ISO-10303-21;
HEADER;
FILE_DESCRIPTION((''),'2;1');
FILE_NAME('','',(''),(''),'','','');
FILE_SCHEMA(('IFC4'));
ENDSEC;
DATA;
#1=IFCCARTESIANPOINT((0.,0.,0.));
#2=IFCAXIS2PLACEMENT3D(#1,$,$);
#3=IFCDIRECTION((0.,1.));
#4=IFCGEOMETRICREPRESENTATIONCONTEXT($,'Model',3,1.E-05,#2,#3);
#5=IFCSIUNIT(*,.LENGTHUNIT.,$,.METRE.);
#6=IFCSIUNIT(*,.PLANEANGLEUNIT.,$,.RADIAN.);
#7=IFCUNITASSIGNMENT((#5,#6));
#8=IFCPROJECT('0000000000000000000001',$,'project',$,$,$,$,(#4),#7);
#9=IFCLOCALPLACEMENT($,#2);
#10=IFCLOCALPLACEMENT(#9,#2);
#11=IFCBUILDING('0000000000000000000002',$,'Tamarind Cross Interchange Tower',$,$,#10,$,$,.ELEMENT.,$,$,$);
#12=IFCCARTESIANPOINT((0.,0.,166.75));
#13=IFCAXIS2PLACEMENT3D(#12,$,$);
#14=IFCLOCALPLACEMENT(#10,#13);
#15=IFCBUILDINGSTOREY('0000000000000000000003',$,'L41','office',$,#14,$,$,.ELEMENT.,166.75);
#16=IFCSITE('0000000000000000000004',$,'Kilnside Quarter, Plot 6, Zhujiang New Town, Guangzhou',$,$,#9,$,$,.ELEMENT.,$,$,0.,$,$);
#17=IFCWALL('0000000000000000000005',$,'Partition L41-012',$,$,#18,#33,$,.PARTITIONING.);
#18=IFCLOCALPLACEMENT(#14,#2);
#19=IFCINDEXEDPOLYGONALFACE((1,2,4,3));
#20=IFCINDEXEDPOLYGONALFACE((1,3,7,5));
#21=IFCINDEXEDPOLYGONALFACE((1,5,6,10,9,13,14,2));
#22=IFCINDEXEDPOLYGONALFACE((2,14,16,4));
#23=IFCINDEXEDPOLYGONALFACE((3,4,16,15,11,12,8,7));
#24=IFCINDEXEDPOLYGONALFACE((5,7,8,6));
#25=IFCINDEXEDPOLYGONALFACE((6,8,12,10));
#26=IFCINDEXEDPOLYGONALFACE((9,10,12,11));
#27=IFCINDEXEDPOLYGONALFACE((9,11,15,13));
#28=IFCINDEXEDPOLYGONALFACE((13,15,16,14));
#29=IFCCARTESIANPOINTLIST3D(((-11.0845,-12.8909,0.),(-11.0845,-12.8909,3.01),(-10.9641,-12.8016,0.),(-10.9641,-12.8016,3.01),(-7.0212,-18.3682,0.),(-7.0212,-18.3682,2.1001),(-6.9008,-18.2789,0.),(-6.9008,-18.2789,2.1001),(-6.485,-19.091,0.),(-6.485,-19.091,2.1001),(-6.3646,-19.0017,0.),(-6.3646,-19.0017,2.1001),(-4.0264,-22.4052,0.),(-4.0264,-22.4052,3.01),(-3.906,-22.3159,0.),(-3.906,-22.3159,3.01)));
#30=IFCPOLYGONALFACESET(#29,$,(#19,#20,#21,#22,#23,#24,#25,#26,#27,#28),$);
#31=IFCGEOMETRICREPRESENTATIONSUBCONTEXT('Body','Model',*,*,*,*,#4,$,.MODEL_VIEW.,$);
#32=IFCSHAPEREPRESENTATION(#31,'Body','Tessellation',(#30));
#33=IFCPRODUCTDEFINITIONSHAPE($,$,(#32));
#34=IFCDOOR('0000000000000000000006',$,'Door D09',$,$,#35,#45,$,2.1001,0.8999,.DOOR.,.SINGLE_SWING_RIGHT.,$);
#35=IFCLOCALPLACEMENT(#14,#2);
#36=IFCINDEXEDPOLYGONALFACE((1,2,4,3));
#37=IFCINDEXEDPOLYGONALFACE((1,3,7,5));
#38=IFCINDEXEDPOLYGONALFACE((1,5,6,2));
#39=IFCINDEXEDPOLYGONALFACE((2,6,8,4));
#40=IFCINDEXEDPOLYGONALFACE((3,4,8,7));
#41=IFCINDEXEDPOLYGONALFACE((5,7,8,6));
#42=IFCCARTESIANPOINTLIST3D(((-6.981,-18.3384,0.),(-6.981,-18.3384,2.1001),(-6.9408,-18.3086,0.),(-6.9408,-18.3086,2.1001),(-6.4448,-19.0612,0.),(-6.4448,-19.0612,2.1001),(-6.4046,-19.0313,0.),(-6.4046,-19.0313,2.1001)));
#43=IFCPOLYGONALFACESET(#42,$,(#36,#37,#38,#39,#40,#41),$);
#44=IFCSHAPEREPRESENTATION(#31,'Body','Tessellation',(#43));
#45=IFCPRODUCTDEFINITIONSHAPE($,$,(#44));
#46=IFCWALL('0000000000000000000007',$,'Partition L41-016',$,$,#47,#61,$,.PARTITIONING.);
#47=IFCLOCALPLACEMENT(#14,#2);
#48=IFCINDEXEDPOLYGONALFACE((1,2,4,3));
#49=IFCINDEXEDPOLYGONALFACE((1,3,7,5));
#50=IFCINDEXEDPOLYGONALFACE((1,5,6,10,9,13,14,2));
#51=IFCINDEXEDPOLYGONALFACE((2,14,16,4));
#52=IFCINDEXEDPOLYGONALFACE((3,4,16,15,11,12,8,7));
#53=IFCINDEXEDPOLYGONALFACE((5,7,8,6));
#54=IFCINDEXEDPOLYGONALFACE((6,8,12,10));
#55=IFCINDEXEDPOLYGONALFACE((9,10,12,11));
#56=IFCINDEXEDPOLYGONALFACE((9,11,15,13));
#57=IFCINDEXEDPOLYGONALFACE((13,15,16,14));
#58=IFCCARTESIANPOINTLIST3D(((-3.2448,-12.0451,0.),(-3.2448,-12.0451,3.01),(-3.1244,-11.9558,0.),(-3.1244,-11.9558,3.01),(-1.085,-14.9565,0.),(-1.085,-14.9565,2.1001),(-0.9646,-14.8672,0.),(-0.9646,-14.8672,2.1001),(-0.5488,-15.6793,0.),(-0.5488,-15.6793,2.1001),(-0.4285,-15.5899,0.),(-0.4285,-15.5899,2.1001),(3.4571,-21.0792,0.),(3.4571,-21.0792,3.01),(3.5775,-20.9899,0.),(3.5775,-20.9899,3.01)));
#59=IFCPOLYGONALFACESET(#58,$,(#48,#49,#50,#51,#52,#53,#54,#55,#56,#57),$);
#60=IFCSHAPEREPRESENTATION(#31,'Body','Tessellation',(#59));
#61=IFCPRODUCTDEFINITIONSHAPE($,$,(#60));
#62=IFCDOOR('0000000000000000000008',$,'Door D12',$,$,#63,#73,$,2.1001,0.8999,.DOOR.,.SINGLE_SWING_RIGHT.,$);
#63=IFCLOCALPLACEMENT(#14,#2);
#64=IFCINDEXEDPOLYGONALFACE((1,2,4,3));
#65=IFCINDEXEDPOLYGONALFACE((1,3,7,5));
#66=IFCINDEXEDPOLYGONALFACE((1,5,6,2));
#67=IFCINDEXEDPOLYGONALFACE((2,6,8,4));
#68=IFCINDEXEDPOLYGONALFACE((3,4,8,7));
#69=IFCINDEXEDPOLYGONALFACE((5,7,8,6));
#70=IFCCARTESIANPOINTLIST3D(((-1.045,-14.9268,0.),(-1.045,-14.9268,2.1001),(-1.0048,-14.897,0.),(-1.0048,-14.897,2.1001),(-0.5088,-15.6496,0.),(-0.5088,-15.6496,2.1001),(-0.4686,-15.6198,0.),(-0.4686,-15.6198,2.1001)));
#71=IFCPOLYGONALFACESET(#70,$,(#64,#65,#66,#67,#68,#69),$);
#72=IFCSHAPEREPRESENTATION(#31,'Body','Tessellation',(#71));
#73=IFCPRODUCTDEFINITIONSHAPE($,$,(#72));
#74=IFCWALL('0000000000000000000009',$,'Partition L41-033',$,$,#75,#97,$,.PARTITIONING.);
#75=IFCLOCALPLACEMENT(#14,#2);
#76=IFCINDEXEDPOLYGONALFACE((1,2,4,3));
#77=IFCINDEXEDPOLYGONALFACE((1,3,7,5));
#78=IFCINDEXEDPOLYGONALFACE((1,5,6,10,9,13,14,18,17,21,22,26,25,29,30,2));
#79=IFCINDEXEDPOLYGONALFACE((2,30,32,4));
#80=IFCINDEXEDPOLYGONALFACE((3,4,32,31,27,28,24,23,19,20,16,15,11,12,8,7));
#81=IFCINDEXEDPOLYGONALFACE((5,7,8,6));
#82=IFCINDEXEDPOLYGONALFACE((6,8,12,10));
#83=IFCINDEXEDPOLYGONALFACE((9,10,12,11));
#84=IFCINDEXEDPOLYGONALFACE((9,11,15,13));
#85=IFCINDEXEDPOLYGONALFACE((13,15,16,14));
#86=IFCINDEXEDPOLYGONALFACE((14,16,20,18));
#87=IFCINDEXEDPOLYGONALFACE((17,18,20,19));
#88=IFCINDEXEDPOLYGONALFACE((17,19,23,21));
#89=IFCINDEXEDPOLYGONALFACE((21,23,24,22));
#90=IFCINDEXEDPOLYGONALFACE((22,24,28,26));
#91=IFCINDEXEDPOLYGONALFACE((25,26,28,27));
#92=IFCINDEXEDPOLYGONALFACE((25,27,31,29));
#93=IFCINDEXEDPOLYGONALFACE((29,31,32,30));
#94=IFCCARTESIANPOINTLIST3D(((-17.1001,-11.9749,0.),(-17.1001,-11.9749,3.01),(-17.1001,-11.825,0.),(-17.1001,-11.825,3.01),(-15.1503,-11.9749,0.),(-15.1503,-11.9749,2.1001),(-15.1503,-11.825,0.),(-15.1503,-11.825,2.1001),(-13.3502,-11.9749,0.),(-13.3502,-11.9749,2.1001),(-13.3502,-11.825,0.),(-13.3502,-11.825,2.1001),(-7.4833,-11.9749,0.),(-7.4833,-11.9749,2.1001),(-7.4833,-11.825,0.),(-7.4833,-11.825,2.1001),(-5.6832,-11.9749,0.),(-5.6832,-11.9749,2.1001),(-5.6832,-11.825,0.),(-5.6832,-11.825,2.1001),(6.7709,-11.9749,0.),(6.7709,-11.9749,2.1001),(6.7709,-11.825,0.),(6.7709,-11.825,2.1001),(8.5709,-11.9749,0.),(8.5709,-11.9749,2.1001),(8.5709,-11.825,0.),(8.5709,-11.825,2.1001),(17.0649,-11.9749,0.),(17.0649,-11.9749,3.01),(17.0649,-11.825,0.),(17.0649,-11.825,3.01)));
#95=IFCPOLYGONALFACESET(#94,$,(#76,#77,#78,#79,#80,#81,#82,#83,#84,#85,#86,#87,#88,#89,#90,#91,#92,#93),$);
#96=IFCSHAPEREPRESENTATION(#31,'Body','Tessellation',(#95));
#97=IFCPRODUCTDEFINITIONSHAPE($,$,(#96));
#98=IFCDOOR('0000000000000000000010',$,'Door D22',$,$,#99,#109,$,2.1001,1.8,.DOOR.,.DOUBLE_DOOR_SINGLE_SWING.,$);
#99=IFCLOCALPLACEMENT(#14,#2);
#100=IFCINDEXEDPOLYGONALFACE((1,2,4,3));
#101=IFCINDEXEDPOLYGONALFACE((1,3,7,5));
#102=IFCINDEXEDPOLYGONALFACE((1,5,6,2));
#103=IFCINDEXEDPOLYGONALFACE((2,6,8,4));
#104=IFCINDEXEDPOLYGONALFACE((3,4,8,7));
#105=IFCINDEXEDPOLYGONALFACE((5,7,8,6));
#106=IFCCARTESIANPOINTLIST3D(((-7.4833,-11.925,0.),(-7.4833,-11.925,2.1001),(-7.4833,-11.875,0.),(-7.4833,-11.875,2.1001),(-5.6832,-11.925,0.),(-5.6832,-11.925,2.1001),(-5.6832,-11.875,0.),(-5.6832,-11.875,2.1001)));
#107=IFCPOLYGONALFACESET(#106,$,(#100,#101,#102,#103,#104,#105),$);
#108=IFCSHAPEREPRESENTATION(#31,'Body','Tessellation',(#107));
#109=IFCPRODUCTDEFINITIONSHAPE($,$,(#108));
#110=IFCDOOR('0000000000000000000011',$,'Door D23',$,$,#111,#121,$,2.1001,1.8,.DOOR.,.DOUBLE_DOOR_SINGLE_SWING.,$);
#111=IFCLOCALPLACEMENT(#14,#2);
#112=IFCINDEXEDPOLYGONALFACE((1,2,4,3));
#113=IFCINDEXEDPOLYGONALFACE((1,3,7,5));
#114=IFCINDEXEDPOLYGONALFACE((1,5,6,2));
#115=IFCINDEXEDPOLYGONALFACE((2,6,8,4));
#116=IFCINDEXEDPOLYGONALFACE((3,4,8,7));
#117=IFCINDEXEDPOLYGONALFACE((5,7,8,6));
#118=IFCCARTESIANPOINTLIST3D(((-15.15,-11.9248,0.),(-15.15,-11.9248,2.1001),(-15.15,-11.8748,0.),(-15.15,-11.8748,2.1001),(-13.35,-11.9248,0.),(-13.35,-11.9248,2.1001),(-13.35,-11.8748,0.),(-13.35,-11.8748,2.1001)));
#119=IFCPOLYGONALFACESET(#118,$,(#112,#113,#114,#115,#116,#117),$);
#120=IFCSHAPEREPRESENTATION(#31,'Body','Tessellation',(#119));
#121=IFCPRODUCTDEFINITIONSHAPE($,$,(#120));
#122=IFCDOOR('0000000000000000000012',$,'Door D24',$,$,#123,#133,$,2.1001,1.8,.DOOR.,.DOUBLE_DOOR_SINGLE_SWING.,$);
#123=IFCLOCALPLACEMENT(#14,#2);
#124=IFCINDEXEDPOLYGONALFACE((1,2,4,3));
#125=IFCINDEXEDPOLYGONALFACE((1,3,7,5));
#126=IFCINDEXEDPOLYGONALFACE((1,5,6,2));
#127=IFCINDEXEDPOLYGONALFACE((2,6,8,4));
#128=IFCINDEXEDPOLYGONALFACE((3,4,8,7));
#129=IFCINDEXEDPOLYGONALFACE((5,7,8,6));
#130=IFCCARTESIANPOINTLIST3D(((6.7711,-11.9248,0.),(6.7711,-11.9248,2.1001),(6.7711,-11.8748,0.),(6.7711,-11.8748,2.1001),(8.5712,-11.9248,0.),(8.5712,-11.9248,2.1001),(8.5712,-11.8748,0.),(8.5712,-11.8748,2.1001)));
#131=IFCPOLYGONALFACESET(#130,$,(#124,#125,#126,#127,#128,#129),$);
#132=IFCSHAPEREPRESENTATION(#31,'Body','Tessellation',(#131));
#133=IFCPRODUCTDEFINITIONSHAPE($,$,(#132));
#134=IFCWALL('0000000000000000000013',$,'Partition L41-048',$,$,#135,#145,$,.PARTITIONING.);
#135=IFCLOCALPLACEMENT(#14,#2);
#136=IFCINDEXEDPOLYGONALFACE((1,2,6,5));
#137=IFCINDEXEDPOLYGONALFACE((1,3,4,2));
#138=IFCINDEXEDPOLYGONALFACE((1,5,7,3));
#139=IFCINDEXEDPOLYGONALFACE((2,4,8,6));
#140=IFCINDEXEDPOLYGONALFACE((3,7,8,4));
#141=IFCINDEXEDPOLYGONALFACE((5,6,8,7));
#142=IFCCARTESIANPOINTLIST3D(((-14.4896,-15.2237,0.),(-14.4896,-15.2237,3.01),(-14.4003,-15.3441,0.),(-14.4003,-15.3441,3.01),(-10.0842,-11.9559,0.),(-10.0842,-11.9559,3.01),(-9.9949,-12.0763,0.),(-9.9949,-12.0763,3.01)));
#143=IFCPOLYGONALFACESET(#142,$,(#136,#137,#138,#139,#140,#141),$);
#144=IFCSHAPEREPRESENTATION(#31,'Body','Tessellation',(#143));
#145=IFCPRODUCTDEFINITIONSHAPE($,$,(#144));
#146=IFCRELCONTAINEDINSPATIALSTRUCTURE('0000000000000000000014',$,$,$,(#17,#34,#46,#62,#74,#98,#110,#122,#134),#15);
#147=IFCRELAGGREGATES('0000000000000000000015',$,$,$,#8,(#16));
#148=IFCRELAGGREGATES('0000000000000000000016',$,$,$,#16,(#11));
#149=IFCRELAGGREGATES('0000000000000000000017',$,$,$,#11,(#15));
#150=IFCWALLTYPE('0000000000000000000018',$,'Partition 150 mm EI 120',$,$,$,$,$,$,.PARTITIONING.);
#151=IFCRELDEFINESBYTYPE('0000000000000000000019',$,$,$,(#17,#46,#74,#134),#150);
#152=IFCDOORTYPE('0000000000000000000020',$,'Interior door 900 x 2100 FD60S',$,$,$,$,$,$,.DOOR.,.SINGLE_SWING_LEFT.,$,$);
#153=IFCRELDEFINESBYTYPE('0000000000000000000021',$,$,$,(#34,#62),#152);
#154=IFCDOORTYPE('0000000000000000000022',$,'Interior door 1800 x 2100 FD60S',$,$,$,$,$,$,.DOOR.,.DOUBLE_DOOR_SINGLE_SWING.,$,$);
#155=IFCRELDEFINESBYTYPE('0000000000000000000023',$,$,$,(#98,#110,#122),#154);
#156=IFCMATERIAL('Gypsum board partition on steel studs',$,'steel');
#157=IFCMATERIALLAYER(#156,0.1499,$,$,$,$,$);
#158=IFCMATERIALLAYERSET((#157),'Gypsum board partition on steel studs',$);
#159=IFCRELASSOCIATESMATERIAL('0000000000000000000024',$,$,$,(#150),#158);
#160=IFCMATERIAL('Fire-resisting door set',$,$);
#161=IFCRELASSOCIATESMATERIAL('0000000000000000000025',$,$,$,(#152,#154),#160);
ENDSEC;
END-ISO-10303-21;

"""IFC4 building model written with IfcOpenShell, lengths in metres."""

from ifc_helpers import new_model, si_unit, direction, frame, frame_2d, origin, place, context, subcontext, project, spatial, rectangle, extrude, material, layer, layer_set, type_object, element, fill, save


model = new_model("IFC4")

# Units and contexts
model_context = context("Model", 3, precision=1e-05, world=origin(), true_north=direction((0.0, 1.0)))
body_context = subcontext(model_context, "Body", "Model", "MODEL_VIEW")
ifc_project = project(units=[si_unit("LENGTHUNIT", "METRE"), si_unit("PLANEANGLEUNIT", "RADIAN")], contexts=[model_context])

# Site, building, storey
site_placement = place(None, origin())
site = spatial("IfcSite", under=ifc_project, at=site_placement, Name="Kilnside Quarter, Plot 6, Zhujiang New Town, Guangzhou", CompositionType="ELEMENT", RefElevation=0.0)
building_placement = place(site_placement, origin())
building = spatial("IfcBuilding", under=site, at=building_placement, Name="Tamarind Cross Interchange Tower", CompositionType="ELEMENT")
storey_placement = place(building_placement, frame((0.0, 0.0, 166.75)))
storey = spatial("IfcBuildingStorey", under=building, at=storey_placement, Name="L41", Description="office", CompositionType="ELEMENT", Elevation=166.75)

# Shared definitions
ifc_material_1 = material(Name="Gypsum board partition on steel studs", Category="steel")

# Walls, openings, doors
ifc_layer_1 = layer(ifc_material_1, 0.1499)
ifc_layer_set_1 = layer_set([ifc_layer_1], Name="Gypsum board partition on steel studs")
wall_type_1 = type_object("IfcWallType", Name="Partition 150 mm EI 120", PredefinedType="PARTITIONING", material=ifc_layer_set_1)
wall_1_placement = place(storey_placement, frame((-11.0244, -12.8462, 0.0), z_axis=(0.0, 0.0, 1.0), x_axis=(0.595804, -0.80313, 0.0)))
wall_1 = element("IfcWall", 1, at=wall_1_placement, inside=storey, type_object=wall_type_1, Name="Partition L41-012", PredefinedType="PARTITIONING", context=body_context, shape_type="SweptSolid", body=[
    extrude(rectangle(XDim=11.8464, YDim=0.1499, at=frame_2d((5.9233, 0.0))), origin(), (0.0, 0.0, 1.0), 3.01),
])
opening_1_placement = place(wall_1_placement, frame((6.8201, 0.0, 0.0)))
opening_1 = element("IfcOpeningElement", 2, at=opening_1_placement, cuts=wall_1, PredefinedType="OPENING", context=body_context, shape_type="SweptSolid", body=[
    extrude(rectangle(XDim=0.8999, YDim=2.1001, at=frame_2d((0.45, 1.05))), frame((0.0, 0.085, 0.0), z_axis=(0.0, -1.0, 0.0), x_axis=(1.0, 0.0, 0.0)), (0.0, 0.0, 1.0), 0.1699),
])
ifc_material_2 = material(Name="Fire-resisting door set")
door_type_1 = type_object("IfcDoorType", Name="Interior door 900 x 2100 FD60S", OperationType="SINGLE_SWING_LEFT", PredefinedType="DOOR", material=ifc_material_2)
door_1_placement = place(opening_1_placement, frame((0.8999, 0.0, 0.0), z_axis=(0.0, 0.0, 1.0), x_axis=(-1.0, 0.0, 0.0)))
door_1 = element("IfcDoor", 3, at=door_1_placement, inside=storey, type_object=door_type_1, Name="Door D09", OperationType="SINGLE_SWING_RIGHT", OverallHeight=2.1001, OverallWidth=0.8999, PredefinedType="DOOR", context=body_context, shape_type="SweptSolid", body=[
    extrude(rectangle(XDim=0.8999, YDim=2.1001, at=frame_2d((0.45, 1.05))), frame((0.0, 0.0249, 0.0), z_axis=(0.0, -1.0, 0.0), x_axis=(1.0, 0.0, 0.0)), (0.0, 0.0, 1.0), 0.05),
])
fill(opening_1, door_1)
wall_2_placement = place(storey_placement, frame((-3.1846, -12.0005, 0.0), z_axis=(0.0, 0.0, 1.0), x_axis=(0.595797, -0.803135, 0.0)))
wall_2 = element("IfcWall", 4, at=wall_2_placement, inside=storey, type_object=wall_type_1, Name="Partition L41-016", PredefinedType="PARTITIONING", context=body_context, shape_type="SweptSolid", body=[
    extrude(rectangle(XDim=11.2485, YDim=0.1499, at=frame_2d((5.6243, 0.0))), origin(), (0.0, 0.0, 1.0), 3.01),
])
opening_2_placement = place(wall_2_placement, frame((3.625, 0.0, 0.0)))
opening_2 = element("IfcOpeningElement", 5, at=opening_2_placement, cuts=wall_2, PredefinedType="OPENING", context=body_context, shape_type="SweptSolid", body=[
    extrude(rectangle(XDim=0.8999, YDim=2.1001, at=frame_2d((0.45, 1.05))), frame((0.0, 0.085, 0.0), z_axis=(0.0, -1.0, 0.0), x_axis=(1.0, 0.0, 0.0)), (0.0, 0.0, 1.0), 0.1699),
])
door_2_placement = place(opening_2_placement, origin())
door_2 = element("IfcDoor", 6, at=door_2_placement, inside=storey, type_object=door_type_1, Name="Door D12", OperationType="SINGLE_SWING_RIGHT", OverallHeight=2.1001, OverallWidth=0.8999, PredefinedType="DOOR", context=body_context, shape_type="SweptSolid", body=[
    extrude(rectangle(XDim=0.8999, YDim=2.1001, at=frame_2d((0.45, 1.05))), frame((0.0, 0.0249, 0.0), z_axis=(0.0, -1.0, 0.0), x_axis=(1.0, 0.0, 0.0)), (0.0, 0.0, 1.0), 0.05),
])
fill(opening_2, door_2)

# Wall, openings, doors
wall_3_placement = place(storey_placement, frame((-17.1001, -11.8999, 0.0), z_axis=(0.0, 0.0, 1.0), x_axis=(1.0, 0.0, 0.0)))
wall_3 = element("IfcWall", 7, at=wall_3_placement, inside=storey, type_object=wall_type_1, Name="Partition L41-033", PredefinedType="PARTITIONING", context=body_context, shape_type="SweptSolid", body=[
    extrude(rectangle(XDim=34.165, YDim=0.1499, at=frame_2d((17.0825, 0.0))), origin(), (0.0, 0.0, 1.0), 3.01),
])
opening_3_placement = place(wall_3_placement, frame((9.6169, 0.0, 0.0)))
opening_3 = element("IfcOpeningElement", 8, at=opening_3_placement, cuts=wall_3, PredefinedType="OPENING", context=body_context, shape_type="SweptSolid", body=[
    extrude(rectangle(XDim=1.8, YDim=2.1001, at=frame_2d((0.8999, 1.05))), frame((0.0, 0.085, 0.0), z_axis=(0.0, -1.0, 0.0), x_axis=(1.0, 0.0, 0.0)), (0.0, 0.0, 1.0), 0.1699),
])
opening_4_placement = place(wall_3_placement, frame((1.95, 0.0, 0.0)))
opening_4 = element("IfcOpeningElement", 9, at=opening_4_placement, cuts=wall_3, PredefinedType="OPENING", context=body_context, shape_type="SweptSolid", body=[
    extrude(rectangle(XDim=1.8, YDim=2.1001, at=frame_2d((0.8999, 1.05))), frame((0.0, 0.085, 0.0), z_axis=(0.0, -1.0, 0.0), x_axis=(1.0, 0.0, 0.0)), (0.0, 0.0, 1.0), 0.1699),
])
opening_5_placement = place(wall_3_placement, frame((23.8711, 0.0, 0.0)))
opening_5 = element("IfcOpeningElement", 10, at=opening_5_placement, cuts=wall_3, PredefinedType="OPENING", context=body_context, shape_type="SweptSolid", body=[
    extrude(rectangle(XDim=1.8, YDim=2.1001, at=frame_2d((0.8999, 1.05))), frame((0.0, 0.085, 0.0), z_axis=(0.0, -1.0, 0.0), x_axis=(1.0, 0.0, 0.0)), (0.0, 0.0, 1.0), 0.1699),
])
door_type_2 = type_object("IfcDoorType", Name="Interior door 1800 x 2100 FD60S", OperationType="DOUBLE_DOOR_SINGLE_SWING", PredefinedType="DOOR", material=ifc_material_2)
door_3_placement = place(opening_3_placement, origin())
door_3 = element("IfcDoor", 11, at=door_3_placement, inside=storey, type_object=door_type_2, Name="Door D22", OperationType="DOUBLE_DOOR_SINGLE_SWING", OverallHeight=2.1001, OverallWidth=1.8, PredefinedType="DOOR", context=body_context, shape_type="SweptSolid", body=[
    extrude(rectangle(XDim=1.8, YDim=2.1001, at=frame_2d((0.8999, 1.05))), frame((0.0, 0.0249, 0.0), z_axis=(0.0, -1.0, 0.0), x_axis=(1.0, 0.0, 0.0)), (0.0, 0.0, 1.0), 0.05),
])
fill(opening_3, door_3)
door_4_placement = place(opening_4_placement, frame((1.8, 0.0, 0.0), z_axis=(0.0, 0.0, 1.0), x_axis=(-1.0, 0.0, 0.0)))
door_4 = element("IfcDoor", 12, at=door_4_placement, inside=storey, type_object=door_type_2, Name="Door D23", OperationType="DOUBLE_DOOR_SINGLE_SWING", OverallHeight=2.1001, OverallWidth=1.8, PredefinedType="DOOR", context=body_context, shape_type="SweptSolid", body=[
    extrude(rectangle(XDim=1.8, YDim=2.1001, at=frame_2d((0.8999, 1.05))), frame((0.0, 0.0249, 0.0), z_axis=(0.0, -1.0, 0.0), x_axis=(1.0, 0.0, 0.0)), (0.0, 0.0, 1.0), 0.05),
])
fill(opening_4, door_4)
door_5_placement = place(opening_5_placement, frame((1.8, 0.0, 0.0), z_axis=(0.0, 0.0, 1.0), x_axis=(-1.0, 0.0, 0.0)))
door_5 = element("IfcDoor", 13, at=door_5_placement, inside=storey, type_object=door_type_2, Name="Door D24", OperationType="DOUBLE_DOOR_SINGLE_SWING", OverallHeight=2.1001, OverallWidth=1.8, PredefinedType="DOOR", context=body_context, shape_type="SweptSolid", body=[
    extrude(rectangle(XDim=1.8, YDim=2.1001, at=frame_2d((0.8999, 1.05))), frame((0.0, 0.0249, 0.0), z_axis=(0.0, -1.0, 0.0), x_axis=(1.0, 0.0, 0.0)), (0.0, 0.0, 1.0), 0.05),
])
fill(opening_5, door_5)

# Wall
wall_4_placement = place(storey_placement, frame((-14.4451, -15.2839, 0.0), z_axis=(0.0, 0.0, 1.0), x_axis=(0.803167, 0.595754, 0.0)))
element("IfcWall", 14, at=wall_4_placement, inside=storey, type_object=wall_type_1, Name="Partition L41-048", PredefinedType="PARTITIONING", context=body_context, shape_type="SweptSolid", body=[
    extrude(rectangle(XDim=5.4851, YDim=0.1499, at=frame_2d((2.7427, 0.0))), origin(), (0.0, 0.0, 1.0), 3.01),
])

save(model, "model.ifc")
